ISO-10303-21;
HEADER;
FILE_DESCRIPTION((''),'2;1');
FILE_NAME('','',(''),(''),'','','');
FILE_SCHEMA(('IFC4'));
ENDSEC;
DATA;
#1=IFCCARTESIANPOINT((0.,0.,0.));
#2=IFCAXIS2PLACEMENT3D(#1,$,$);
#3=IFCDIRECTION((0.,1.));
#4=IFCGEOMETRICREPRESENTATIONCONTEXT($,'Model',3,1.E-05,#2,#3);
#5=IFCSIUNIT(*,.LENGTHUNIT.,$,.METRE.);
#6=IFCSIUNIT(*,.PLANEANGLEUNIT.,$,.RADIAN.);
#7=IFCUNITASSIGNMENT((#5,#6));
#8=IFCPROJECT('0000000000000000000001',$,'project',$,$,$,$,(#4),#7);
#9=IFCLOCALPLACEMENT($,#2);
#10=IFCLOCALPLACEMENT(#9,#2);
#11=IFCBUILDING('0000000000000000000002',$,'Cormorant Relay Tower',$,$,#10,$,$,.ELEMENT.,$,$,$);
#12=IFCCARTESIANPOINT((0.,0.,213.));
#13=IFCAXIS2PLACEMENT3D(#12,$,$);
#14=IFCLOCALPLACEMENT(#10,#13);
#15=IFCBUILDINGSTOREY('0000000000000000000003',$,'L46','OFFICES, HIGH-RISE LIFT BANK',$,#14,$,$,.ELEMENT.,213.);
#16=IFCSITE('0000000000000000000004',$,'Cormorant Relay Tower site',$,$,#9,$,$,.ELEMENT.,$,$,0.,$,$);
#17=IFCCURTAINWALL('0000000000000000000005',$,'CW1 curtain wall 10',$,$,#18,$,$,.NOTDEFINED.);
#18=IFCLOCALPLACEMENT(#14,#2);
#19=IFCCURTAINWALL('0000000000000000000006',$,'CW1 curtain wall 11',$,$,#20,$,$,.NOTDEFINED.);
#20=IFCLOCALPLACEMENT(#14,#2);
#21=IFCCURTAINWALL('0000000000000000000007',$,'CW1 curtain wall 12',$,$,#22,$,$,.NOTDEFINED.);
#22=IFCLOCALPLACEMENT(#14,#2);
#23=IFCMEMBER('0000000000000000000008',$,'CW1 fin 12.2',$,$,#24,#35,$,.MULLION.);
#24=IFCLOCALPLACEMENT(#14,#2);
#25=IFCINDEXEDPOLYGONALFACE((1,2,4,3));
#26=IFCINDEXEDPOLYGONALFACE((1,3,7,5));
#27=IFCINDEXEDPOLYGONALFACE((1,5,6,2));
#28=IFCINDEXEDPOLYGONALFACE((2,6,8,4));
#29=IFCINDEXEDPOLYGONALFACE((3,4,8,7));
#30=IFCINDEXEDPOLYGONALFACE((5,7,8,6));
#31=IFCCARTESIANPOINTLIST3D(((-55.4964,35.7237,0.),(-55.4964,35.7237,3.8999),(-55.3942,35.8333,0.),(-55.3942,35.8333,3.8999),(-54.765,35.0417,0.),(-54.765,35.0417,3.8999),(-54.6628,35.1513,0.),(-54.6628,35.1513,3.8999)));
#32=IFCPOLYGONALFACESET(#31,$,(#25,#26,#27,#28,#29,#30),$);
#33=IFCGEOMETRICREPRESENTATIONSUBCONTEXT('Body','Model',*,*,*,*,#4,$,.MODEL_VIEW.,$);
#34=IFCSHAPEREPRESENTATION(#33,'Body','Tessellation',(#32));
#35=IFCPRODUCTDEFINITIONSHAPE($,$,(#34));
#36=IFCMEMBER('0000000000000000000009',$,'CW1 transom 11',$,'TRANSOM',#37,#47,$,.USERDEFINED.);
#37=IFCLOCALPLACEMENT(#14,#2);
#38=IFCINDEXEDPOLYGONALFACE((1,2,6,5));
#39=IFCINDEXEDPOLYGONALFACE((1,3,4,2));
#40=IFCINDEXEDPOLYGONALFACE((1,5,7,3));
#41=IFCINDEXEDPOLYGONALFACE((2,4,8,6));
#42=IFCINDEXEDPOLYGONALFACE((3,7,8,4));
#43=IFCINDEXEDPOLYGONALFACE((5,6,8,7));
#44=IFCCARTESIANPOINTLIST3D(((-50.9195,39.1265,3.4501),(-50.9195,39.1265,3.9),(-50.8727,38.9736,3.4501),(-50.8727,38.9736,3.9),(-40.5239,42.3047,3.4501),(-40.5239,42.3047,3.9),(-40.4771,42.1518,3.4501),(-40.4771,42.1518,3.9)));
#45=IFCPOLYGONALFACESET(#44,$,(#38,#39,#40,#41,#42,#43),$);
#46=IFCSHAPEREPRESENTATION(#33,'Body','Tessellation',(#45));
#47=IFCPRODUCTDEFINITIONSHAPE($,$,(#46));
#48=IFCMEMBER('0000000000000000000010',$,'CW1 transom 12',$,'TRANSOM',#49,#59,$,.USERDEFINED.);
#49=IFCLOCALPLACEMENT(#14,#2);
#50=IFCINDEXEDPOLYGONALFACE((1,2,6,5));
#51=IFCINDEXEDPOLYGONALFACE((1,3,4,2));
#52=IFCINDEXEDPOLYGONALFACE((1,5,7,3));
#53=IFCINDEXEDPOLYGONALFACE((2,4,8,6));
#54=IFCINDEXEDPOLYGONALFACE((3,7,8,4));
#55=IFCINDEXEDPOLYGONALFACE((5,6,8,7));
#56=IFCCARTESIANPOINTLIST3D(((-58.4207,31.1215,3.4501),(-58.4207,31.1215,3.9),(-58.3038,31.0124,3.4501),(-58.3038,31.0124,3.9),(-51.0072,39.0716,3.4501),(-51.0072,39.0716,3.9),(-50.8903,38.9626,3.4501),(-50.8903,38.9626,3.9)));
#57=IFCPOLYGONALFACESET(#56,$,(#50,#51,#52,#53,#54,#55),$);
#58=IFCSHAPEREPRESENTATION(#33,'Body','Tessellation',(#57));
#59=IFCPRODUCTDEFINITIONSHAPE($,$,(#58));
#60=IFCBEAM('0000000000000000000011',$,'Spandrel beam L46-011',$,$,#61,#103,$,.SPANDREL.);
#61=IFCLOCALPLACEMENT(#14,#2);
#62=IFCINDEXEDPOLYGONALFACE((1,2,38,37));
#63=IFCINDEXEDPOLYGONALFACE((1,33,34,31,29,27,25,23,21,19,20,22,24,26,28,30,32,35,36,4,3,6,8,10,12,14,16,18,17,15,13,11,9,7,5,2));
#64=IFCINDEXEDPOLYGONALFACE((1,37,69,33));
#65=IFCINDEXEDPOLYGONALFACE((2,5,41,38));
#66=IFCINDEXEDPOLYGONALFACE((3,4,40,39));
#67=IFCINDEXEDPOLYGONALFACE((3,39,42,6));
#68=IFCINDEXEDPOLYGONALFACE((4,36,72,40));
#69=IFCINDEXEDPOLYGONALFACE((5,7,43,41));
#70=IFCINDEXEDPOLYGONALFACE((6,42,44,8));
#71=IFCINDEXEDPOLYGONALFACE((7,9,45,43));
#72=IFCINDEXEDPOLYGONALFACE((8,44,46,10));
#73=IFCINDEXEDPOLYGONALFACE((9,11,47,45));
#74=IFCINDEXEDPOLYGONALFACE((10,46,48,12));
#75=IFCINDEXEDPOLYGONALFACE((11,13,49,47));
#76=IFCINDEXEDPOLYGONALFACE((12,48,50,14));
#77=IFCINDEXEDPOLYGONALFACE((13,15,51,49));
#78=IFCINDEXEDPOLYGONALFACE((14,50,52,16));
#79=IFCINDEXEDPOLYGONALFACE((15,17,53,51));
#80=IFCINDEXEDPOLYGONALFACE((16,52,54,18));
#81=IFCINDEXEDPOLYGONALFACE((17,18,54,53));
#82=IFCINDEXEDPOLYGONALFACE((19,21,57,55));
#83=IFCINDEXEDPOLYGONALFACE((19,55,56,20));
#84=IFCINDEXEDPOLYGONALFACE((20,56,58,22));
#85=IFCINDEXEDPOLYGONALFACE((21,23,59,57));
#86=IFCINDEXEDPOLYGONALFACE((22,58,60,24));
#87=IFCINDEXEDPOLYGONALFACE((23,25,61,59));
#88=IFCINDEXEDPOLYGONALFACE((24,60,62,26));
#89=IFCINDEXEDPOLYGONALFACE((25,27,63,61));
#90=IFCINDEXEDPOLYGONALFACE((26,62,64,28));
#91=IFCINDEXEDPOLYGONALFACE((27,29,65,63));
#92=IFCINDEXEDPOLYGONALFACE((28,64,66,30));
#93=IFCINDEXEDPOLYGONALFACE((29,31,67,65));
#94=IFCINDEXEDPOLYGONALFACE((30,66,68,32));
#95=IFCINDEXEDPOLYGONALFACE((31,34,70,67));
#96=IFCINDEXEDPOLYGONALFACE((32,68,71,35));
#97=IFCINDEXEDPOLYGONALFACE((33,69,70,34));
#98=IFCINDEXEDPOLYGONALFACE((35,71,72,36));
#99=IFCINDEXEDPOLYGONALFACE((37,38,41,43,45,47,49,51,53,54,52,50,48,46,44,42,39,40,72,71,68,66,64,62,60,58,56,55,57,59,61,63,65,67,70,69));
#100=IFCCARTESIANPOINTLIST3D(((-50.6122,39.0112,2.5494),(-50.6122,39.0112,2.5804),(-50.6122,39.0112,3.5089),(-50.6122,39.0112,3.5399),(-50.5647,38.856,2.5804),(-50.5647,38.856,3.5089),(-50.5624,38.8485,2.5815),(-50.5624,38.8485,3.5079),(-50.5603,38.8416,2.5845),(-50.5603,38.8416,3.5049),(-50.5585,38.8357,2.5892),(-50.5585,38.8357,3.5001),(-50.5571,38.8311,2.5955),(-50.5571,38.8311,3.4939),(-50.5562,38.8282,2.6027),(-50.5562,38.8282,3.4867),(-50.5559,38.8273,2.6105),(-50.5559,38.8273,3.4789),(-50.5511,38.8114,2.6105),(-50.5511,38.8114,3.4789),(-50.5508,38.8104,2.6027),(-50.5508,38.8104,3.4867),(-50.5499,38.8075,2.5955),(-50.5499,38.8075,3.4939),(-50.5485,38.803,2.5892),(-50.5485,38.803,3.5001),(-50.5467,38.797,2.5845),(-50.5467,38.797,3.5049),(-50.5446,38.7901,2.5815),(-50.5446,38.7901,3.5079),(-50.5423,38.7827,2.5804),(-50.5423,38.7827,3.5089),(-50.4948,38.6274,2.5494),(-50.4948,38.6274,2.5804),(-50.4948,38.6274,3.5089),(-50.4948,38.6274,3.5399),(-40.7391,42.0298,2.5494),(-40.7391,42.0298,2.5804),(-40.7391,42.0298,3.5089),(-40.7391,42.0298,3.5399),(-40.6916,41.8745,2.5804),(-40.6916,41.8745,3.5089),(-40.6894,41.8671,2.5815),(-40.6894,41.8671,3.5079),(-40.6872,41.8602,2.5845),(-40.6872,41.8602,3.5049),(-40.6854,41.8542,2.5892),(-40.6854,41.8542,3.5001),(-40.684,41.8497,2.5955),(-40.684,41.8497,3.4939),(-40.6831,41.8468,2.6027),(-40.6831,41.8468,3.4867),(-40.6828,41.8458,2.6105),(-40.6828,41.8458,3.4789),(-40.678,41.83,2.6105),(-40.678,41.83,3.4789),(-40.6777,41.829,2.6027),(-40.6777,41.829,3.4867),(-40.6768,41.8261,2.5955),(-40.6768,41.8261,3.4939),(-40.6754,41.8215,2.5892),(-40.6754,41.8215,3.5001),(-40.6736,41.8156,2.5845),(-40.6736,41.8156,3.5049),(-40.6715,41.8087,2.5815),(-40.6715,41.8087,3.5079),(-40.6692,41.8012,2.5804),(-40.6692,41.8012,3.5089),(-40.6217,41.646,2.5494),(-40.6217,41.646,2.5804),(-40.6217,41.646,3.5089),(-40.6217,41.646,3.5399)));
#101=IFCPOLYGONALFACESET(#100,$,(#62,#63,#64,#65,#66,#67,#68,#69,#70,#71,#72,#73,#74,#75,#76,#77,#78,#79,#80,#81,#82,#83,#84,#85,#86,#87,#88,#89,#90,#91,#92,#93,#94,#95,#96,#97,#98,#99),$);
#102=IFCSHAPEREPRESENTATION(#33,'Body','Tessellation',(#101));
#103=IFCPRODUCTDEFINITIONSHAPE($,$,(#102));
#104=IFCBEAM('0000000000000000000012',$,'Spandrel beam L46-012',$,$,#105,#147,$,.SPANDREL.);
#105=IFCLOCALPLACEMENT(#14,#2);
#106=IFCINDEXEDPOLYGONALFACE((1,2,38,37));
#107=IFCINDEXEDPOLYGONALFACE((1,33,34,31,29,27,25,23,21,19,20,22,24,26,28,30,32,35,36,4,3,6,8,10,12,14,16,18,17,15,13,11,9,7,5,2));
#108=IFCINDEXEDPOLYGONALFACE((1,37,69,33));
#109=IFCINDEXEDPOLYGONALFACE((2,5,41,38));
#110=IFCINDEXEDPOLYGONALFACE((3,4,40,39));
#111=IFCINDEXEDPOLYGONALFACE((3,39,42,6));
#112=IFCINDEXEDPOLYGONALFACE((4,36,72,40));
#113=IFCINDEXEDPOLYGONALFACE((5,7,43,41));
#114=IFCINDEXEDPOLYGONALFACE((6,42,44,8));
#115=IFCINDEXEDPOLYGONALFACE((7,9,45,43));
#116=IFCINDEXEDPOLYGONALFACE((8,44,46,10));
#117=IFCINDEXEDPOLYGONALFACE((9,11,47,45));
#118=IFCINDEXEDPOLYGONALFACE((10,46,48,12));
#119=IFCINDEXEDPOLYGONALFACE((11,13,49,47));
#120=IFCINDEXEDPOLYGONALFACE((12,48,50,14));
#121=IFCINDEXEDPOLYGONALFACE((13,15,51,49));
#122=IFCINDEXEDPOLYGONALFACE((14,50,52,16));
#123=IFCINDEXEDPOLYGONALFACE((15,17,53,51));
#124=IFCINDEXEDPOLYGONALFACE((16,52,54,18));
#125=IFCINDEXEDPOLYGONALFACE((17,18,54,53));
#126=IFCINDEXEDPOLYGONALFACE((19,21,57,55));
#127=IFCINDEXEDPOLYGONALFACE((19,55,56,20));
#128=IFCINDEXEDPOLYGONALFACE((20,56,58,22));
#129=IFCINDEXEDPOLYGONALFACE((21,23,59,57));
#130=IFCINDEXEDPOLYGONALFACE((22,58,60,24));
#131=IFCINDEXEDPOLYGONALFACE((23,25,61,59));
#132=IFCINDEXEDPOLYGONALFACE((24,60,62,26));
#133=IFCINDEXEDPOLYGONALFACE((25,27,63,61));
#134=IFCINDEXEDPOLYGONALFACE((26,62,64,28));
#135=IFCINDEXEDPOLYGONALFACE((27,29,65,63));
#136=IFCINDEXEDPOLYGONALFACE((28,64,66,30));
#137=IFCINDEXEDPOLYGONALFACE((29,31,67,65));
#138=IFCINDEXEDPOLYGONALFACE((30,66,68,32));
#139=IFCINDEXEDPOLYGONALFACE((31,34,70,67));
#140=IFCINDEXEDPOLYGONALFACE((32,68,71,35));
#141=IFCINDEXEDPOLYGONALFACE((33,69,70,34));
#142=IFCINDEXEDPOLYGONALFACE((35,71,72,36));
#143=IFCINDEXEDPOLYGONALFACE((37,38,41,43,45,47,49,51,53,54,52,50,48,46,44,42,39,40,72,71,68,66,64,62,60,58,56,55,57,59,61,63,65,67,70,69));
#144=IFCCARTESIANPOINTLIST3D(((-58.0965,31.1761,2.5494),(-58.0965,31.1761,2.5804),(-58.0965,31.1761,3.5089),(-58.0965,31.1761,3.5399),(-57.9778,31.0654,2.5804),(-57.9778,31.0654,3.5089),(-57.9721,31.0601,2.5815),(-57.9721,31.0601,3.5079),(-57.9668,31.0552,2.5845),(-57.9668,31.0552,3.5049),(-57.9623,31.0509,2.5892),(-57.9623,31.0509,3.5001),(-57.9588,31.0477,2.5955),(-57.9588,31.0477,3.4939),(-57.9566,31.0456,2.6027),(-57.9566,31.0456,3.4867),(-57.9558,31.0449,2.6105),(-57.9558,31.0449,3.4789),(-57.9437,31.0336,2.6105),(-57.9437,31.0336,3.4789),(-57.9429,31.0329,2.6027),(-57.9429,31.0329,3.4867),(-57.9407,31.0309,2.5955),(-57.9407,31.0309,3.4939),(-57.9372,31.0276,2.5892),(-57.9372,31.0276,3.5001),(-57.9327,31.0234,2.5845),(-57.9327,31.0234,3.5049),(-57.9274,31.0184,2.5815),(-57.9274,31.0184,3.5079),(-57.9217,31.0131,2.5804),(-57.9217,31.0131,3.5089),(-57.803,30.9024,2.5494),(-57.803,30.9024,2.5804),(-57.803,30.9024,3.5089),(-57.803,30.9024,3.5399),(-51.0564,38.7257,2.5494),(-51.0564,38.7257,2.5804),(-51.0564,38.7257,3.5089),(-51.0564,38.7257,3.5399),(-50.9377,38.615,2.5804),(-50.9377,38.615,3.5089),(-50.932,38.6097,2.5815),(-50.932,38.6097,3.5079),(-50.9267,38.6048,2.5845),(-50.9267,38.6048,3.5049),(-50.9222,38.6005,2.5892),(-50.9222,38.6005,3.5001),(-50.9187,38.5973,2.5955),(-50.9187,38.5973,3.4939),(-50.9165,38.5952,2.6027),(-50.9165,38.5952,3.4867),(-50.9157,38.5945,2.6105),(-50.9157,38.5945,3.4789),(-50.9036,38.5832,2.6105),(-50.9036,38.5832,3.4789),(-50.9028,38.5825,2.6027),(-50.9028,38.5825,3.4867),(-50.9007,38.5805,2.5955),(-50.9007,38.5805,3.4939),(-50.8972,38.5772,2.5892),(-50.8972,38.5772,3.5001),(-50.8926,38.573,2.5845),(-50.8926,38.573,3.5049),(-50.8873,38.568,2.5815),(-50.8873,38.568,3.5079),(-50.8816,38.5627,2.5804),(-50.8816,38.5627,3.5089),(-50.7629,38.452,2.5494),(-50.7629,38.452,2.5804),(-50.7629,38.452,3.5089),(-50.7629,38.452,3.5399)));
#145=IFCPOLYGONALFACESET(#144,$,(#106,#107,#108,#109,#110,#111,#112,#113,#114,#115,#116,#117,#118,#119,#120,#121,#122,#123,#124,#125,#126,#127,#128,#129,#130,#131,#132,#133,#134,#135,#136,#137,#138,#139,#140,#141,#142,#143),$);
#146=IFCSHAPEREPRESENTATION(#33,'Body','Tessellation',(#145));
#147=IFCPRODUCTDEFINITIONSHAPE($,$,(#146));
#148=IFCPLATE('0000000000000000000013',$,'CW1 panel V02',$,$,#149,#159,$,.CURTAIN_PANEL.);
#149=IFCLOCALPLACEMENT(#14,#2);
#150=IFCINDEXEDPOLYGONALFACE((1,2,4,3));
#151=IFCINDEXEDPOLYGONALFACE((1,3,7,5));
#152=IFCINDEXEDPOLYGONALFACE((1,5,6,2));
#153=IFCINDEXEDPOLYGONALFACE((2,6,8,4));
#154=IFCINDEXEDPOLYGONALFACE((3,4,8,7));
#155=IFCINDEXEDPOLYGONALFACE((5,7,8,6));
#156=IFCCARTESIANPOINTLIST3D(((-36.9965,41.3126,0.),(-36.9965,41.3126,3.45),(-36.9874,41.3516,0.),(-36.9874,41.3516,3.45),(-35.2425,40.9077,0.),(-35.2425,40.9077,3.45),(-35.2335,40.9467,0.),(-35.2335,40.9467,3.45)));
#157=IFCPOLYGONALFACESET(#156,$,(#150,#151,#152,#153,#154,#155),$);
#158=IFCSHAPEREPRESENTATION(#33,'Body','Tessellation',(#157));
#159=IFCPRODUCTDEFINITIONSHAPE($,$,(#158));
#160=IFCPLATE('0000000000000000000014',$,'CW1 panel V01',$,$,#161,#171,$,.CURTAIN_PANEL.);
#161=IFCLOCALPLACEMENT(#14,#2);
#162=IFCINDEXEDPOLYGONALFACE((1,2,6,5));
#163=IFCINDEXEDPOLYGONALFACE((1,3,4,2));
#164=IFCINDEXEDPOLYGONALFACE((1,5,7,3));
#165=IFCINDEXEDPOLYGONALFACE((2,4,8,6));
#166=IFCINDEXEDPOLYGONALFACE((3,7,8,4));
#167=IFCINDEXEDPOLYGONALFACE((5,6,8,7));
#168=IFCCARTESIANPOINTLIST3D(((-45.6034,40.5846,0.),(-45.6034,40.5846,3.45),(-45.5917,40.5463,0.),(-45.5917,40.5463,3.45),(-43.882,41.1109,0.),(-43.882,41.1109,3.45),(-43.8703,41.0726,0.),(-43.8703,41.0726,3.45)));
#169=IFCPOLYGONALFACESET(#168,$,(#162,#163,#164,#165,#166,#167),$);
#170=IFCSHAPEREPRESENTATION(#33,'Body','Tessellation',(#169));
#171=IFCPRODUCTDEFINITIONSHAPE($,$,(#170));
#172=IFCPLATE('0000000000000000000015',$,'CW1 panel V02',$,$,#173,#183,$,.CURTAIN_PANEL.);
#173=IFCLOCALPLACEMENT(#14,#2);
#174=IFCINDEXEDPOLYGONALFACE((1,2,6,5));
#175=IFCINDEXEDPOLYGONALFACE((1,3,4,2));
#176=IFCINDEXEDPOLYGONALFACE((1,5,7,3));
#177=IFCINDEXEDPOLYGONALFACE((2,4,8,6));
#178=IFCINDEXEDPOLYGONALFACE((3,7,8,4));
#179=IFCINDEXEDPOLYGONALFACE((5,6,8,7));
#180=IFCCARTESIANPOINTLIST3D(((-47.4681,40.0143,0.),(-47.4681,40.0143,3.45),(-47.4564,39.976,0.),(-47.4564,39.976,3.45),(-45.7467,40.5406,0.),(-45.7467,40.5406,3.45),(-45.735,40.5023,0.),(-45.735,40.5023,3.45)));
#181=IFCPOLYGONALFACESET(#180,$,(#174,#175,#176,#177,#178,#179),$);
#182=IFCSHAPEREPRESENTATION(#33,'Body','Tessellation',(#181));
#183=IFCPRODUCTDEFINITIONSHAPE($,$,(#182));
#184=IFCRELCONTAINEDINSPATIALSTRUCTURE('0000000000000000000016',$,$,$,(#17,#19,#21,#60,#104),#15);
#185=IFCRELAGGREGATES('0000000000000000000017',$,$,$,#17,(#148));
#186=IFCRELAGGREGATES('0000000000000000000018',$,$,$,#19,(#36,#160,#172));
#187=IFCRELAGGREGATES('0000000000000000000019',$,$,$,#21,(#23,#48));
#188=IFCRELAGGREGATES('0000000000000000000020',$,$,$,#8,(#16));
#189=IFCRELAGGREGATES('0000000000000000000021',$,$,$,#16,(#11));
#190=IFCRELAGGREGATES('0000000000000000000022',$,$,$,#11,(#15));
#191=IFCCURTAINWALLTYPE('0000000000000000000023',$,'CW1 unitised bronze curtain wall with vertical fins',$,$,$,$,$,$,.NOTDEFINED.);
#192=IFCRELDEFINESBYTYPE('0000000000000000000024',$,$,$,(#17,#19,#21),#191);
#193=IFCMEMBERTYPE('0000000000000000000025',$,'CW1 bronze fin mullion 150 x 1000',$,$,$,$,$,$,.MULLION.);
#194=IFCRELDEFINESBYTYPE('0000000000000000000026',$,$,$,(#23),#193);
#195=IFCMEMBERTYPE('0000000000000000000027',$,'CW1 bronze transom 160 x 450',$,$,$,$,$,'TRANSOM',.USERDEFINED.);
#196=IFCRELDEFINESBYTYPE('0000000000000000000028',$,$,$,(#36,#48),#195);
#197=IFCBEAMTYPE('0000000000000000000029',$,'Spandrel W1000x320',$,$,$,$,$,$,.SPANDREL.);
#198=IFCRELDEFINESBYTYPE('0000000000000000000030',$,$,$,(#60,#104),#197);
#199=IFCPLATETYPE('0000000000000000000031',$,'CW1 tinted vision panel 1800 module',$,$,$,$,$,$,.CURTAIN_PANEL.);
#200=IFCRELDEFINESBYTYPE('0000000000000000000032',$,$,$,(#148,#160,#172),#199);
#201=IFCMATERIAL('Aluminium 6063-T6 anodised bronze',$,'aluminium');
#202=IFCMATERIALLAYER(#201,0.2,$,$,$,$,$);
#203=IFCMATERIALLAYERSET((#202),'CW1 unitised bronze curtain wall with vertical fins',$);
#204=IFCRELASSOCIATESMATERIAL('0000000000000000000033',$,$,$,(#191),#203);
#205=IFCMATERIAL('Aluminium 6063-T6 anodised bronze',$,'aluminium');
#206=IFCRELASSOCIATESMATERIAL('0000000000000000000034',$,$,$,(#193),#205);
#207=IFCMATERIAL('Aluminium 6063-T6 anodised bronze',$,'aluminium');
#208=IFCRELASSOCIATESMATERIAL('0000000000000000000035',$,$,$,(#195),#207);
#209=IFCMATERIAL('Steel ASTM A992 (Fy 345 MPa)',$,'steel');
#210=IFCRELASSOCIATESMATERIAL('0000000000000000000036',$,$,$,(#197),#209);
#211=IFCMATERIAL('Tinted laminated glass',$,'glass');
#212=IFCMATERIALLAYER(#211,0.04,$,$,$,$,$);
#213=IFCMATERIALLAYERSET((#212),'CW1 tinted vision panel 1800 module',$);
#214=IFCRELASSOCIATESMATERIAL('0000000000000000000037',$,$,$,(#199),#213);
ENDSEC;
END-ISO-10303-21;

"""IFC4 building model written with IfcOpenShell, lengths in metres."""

from ifc_helpers import new_model, si_unit, direction, frame, origin, origin_2d, place, context, subcontext, project, spatial, rectangle, i_section, extrude, material, layer, layer_set, material_profile, profile_set, type_object, element, aggregate, save


model = new_model("IFC4")

# Units and contexts
model_context = context("Model", 3, precision=1e-05, world=origin(), true_north=direction((0.0, 1.0)))
body_context = subcontext(model_context, "Body", "Model", "MODEL_VIEW")
ifc_project = project(units=[si_unit("LENGTHUNIT", "METRE"), si_unit("PLANEANGLEUNIT", "RADIAN")], contexts=[model_context])

# Site, building, storey
site_placement = place(None, origin())
site = spatial("IfcSite", under=ifc_project, at=site_placement, Name="Cormorant Relay Tower site", CompositionType="ELEMENT", RefElevation=0.0)
building_placement = place(site_placement, origin())
building = spatial("IfcBuilding", under=site, at=building_placement, Name="Cormorant Relay Tower", CompositionType="ELEMENT")
storey_placement = place(building_placement, frame((0.0, 0.0, 213.0)))
storey = spatial("IfcBuildingStorey", under=building, at=storey_placement, Name="L46", Description="OFFICES, HIGH-RISE LIFT BANK", CompositionType="ELEMENT", Elevation=213.0)

# Curtain wall
ifc_material_1 = material(Name="Aluminium 6063-T6 anodised bronze", Category="aluminium")
ifc_layer_1 = layer(ifc_material_1, 0.2)
ifc_layer_set_1 = layer_set([ifc_layer_1], Name="CW1 unitised bronze curtain wall with vertical fins")
curtain_wall_type = type_object("IfcCurtainWallType", Name="CW1 unitised bronze curtain wall with vertical fins", PredefinedType="NOTDEFINED", material=ifc_layer_set_1)
curtain_wall_1_placement = place(storey_placement, origin())
curtain_wall_1 = element("IfcCurtainWall", 1, at=curtain_wall_1_placement, inside=storey, type_object=curtain_wall_type, Name="CW1 curtain wall 10", PredefinedType="NOTDEFINED")
ifc_material_2 = material(Name="Aluminium 6063-T6 anodised bronze", Category="aluminium")
ifc_material_profile_1 = material_profile(ifc_material_2, rectangle(XDim=0.1499, YDim=1.0, at=origin_2d()), Name="AL 150x1000")
ifc_profile_set_1 = profile_set([ifc_material_profile_1], Name="Aluminium 6063-T6 anodised bronze")
member_type_1 = type_object("IfcMemberType", Name="CW1 bronze fin mullion 150 x 1000", PredefinedType="MULLION", material=ifc_profile_set_1)

# Curtain walls, member
curtain_wall_2_placement = place(storey_placement, origin())
curtain_wall_2 = element("IfcCurtainWall", 2, at=curtain_wall_2_placement, inside=storey, type_object=curtain_wall_type, Name="CW1 curtain wall 11", PredefinedType="NOTDEFINED")
curtain_wall_3_placement = place(storey_placement, origin())
curtain_wall_3 = element("IfcCurtainWall", 3, at=curtain_wall_3_placement, inside=storey, type_object=curtain_wall_type, Name="CW1 curtain wall 12", PredefinedType="NOTDEFINED")
member_1_placement = place(storey_placement, frame((-55.0796, 35.4375, 0.0), z_axis=(0.0, 0.0, 1.0), x_axis=(-0.681998, -0.731354, 0.0)))
member_1 = element("IfcMember", 4, at=member_1_placement, type_object=member_type_1, Name="CW1 fin 12.2", PredefinedType="MULLION", context=body_context, shape_type="SweptSolid", body=[
    extrude(rectangle(XDim=0.1499, YDim=1.0, at=origin_2d()), origin(), (0.0, 0.0, 1.0), 3.8999),
])

# Members
ifc_material_3 = material(Name="Aluminium 6063-T6 anodised bronze", Category="aluminium")
ifc_material_profile_2 = material_profile(ifc_material_3, rectangle(XDim=0.1599, YDim=0.45, at=origin_2d()), Name="AL 160x450")
ifc_profile_set_2 = profile_set([ifc_material_profile_2], Name="Aluminium 6063-T6 anodised bronze")
member_type_2 = type_object("IfcMemberType", Name="CW1 bronze transom 160 x 450", ElementType="TRANSOM", PredefinedType="USERDEFINED", material=ifc_profile_set_2)
member_2_placement = place(storey_placement, frame((-40.5005, 42.2283, 3.675), z_axis=(-0.956305, -0.292371, 0.0), x_axis=(0.292371, -0.956305, 0.0)))
member_2 = element("IfcMember", 5, at=member_2_placement, type_object=member_type_2, Name="CW1 transom 11", ObjectType="TRANSOM", PredefinedType="USERDEFINED", context=body_context, shape_type="SweptSolid", body=[
    extrude(rectangle(XDim=0.1599, YDim=0.45, at=origin_2d()), origin(), (0.0, 0.0, 1.0), 10.8706),
])
member_3_placement = place(storey_placement, frame((-50.9487, 39.0171, 3.675), z_axis=(-0.681993, -0.731358, 0.0), x_axis=(0.731358, -0.681993, 0.0)))
member_3 = element("IfcMember", 6, at=member_3_placement, type_object=member_type_2, Name="CW1 transom 12", ObjectType="TRANSOM", PredefinedType="USERDEFINED", context=body_context, shape_type="SweptSolid", body=[
    extrude(rectangle(XDim=0.1599, YDim=0.45, at=origin_2d()), origin(), (0.0, 0.0, 1.0), 10.8704),
])

# Beams
ifc_material_4 = material(Name="Steel ASTM A992 (Fy 345 MPa)", Category="steel")
ifc_material_profile_3 = material_profile(ifc_material_4, i_section(OverallWidth=0.4014, OverallDepth=0.9905, WebThickness=0.0166, FlangeThickness=0.031, FilletRadius=0.03, at=origin_2d()), Name="W1000x320")
ifc_profile_set_3 = profile_set([ifc_material_profile_3], Name="Steel ASTM A992 (Fy 345 MPa)")
beam_type = type_object("IfcBeamType", Name="Spandrel W1000x320", PredefinedType="SPANDREL", material=ifc_profile_set_3)
beam_1_placement = place(storey_placement, frame((-40.6804, 41.8379, 3.0447), z_axis=(-0.956303, -0.292377, 0.0), x_axis=(0.292377, -0.956303, 0.0)))
element("IfcBeam", 7, at=beam_1_placement, inside=storey, type_object=beam_type, Name="Spandrel beam L46-011", PredefinedType="SPANDREL", context=body_context, shape_type="SweptSolid", body=[
    extrude(i_section(OverallWidth=0.4014, OverallDepth=0.9905, WebThickness=0.0166, FlangeThickness=0.031, FilletRadius=0.03, at=origin_2d()), origin(), (0.0, 0.0, 1.0), 10.3242),
])
beam_2_placement = place(storey_placement, frame((-50.9097, 38.5889, 3.0447), z_axis=(-0.681996, -0.731356, 0.0), x_axis=(0.731356, -0.681996, 0.0)))
element("IfcBeam", 8, at=beam_2_placement, inside=storey, type_object=beam_type, Name="Spandrel beam L46-012", PredefinedType="SPANDREL", context=body_context, shape_type="SweptSolid", body=[
    extrude(i_section(OverallWidth=0.4014, OverallDepth=0.9905, WebThickness=0.0166, FlangeThickness=0.031, FilletRadius=0.03, at=origin_2d()), origin(), (0.0, 0.0, 1.0), 10.3228),
])

# Plates
ifc_material_5 = material(Name="Tinted laminated glass", Category="glass")
ifc_layer_2 = layer(ifc_material_5, 0.04)
ifc_layer_set_2 = layer_set([ifc_layer_2], Name="CW1 tinted vision panel 1800 module")
plate_type_1 = type_object("IfcPlateType", Name="CW1 tinted vision panel 1800 module", PredefinedType="CURTAIN_PANEL", material=ifc_layer_set_2)
plate_1_placement = place(storey_placement, frame((-36.115, 41.1296, 0.0), z_axis=(0.0, 0.0, 1.0), x_axis=(-0.97437, 0.224951, 0.0)))
plate_1 = element("IfcPlate", 9, at=plate_1_placement, type_object=plate_type_1, Name="CW1 panel V02", PredefinedType="CURTAIN_PANEL", context=body_context, shape_type="SweptSolid", body=[
    extrude(rectangle(XDim=1.8, YDim=0.04, at=origin_2d()), origin(), (0.0, 0.0, 1.0), 3.45),
])
plate_2_placement = place(storey_placement, frame((-44.7368, 40.8286, 0.0), z_axis=(0.0, 0.0, 1.0), x_axis=(-0.956305, -0.292372, 0.0)))
plate_2 = element("IfcPlate", 10, at=plate_2_placement, type_object=plate_type_1, Name="CW1 panel V01", PredefinedType="CURTAIN_PANEL", context=body_context, shape_type="SweptSolid", body=[
    extrude(rectangle(XDim=1.8, YDim=0.04, at=origin_2d()), origin(), (0.0, 0.0, 1.0), 3.45),
])
plate_3_placement = place(storey_placement, frame((-46.6016, 40.2583, 0.0), z_axis=(0.0, 0.0, 1.0), x_axis=(-0.956305, -0.292372, 0.0)))
plate_3 = element("IfcPlate", 11, at=plate_3_placement, type_object=plate_type_1, Name="CW1 panel V02", PredefinedType="CURTAIN_PANEL", context=body_context, shape_type="SweptSolid", body=[
    extrude(rectangle(XDim=1.8, YDim=0.04, at=origin_2d()), origin(), (0.0, 0.0, 1.0), 3.45),
])

aggregate(curtain_wall_1, [plate_1])
aggregate(curtain_wall_2, [member_2, plate_2, plate_3])
aggregate(curtain_wall_3, [member_1, member_3])

save(model, "model.ifc")
